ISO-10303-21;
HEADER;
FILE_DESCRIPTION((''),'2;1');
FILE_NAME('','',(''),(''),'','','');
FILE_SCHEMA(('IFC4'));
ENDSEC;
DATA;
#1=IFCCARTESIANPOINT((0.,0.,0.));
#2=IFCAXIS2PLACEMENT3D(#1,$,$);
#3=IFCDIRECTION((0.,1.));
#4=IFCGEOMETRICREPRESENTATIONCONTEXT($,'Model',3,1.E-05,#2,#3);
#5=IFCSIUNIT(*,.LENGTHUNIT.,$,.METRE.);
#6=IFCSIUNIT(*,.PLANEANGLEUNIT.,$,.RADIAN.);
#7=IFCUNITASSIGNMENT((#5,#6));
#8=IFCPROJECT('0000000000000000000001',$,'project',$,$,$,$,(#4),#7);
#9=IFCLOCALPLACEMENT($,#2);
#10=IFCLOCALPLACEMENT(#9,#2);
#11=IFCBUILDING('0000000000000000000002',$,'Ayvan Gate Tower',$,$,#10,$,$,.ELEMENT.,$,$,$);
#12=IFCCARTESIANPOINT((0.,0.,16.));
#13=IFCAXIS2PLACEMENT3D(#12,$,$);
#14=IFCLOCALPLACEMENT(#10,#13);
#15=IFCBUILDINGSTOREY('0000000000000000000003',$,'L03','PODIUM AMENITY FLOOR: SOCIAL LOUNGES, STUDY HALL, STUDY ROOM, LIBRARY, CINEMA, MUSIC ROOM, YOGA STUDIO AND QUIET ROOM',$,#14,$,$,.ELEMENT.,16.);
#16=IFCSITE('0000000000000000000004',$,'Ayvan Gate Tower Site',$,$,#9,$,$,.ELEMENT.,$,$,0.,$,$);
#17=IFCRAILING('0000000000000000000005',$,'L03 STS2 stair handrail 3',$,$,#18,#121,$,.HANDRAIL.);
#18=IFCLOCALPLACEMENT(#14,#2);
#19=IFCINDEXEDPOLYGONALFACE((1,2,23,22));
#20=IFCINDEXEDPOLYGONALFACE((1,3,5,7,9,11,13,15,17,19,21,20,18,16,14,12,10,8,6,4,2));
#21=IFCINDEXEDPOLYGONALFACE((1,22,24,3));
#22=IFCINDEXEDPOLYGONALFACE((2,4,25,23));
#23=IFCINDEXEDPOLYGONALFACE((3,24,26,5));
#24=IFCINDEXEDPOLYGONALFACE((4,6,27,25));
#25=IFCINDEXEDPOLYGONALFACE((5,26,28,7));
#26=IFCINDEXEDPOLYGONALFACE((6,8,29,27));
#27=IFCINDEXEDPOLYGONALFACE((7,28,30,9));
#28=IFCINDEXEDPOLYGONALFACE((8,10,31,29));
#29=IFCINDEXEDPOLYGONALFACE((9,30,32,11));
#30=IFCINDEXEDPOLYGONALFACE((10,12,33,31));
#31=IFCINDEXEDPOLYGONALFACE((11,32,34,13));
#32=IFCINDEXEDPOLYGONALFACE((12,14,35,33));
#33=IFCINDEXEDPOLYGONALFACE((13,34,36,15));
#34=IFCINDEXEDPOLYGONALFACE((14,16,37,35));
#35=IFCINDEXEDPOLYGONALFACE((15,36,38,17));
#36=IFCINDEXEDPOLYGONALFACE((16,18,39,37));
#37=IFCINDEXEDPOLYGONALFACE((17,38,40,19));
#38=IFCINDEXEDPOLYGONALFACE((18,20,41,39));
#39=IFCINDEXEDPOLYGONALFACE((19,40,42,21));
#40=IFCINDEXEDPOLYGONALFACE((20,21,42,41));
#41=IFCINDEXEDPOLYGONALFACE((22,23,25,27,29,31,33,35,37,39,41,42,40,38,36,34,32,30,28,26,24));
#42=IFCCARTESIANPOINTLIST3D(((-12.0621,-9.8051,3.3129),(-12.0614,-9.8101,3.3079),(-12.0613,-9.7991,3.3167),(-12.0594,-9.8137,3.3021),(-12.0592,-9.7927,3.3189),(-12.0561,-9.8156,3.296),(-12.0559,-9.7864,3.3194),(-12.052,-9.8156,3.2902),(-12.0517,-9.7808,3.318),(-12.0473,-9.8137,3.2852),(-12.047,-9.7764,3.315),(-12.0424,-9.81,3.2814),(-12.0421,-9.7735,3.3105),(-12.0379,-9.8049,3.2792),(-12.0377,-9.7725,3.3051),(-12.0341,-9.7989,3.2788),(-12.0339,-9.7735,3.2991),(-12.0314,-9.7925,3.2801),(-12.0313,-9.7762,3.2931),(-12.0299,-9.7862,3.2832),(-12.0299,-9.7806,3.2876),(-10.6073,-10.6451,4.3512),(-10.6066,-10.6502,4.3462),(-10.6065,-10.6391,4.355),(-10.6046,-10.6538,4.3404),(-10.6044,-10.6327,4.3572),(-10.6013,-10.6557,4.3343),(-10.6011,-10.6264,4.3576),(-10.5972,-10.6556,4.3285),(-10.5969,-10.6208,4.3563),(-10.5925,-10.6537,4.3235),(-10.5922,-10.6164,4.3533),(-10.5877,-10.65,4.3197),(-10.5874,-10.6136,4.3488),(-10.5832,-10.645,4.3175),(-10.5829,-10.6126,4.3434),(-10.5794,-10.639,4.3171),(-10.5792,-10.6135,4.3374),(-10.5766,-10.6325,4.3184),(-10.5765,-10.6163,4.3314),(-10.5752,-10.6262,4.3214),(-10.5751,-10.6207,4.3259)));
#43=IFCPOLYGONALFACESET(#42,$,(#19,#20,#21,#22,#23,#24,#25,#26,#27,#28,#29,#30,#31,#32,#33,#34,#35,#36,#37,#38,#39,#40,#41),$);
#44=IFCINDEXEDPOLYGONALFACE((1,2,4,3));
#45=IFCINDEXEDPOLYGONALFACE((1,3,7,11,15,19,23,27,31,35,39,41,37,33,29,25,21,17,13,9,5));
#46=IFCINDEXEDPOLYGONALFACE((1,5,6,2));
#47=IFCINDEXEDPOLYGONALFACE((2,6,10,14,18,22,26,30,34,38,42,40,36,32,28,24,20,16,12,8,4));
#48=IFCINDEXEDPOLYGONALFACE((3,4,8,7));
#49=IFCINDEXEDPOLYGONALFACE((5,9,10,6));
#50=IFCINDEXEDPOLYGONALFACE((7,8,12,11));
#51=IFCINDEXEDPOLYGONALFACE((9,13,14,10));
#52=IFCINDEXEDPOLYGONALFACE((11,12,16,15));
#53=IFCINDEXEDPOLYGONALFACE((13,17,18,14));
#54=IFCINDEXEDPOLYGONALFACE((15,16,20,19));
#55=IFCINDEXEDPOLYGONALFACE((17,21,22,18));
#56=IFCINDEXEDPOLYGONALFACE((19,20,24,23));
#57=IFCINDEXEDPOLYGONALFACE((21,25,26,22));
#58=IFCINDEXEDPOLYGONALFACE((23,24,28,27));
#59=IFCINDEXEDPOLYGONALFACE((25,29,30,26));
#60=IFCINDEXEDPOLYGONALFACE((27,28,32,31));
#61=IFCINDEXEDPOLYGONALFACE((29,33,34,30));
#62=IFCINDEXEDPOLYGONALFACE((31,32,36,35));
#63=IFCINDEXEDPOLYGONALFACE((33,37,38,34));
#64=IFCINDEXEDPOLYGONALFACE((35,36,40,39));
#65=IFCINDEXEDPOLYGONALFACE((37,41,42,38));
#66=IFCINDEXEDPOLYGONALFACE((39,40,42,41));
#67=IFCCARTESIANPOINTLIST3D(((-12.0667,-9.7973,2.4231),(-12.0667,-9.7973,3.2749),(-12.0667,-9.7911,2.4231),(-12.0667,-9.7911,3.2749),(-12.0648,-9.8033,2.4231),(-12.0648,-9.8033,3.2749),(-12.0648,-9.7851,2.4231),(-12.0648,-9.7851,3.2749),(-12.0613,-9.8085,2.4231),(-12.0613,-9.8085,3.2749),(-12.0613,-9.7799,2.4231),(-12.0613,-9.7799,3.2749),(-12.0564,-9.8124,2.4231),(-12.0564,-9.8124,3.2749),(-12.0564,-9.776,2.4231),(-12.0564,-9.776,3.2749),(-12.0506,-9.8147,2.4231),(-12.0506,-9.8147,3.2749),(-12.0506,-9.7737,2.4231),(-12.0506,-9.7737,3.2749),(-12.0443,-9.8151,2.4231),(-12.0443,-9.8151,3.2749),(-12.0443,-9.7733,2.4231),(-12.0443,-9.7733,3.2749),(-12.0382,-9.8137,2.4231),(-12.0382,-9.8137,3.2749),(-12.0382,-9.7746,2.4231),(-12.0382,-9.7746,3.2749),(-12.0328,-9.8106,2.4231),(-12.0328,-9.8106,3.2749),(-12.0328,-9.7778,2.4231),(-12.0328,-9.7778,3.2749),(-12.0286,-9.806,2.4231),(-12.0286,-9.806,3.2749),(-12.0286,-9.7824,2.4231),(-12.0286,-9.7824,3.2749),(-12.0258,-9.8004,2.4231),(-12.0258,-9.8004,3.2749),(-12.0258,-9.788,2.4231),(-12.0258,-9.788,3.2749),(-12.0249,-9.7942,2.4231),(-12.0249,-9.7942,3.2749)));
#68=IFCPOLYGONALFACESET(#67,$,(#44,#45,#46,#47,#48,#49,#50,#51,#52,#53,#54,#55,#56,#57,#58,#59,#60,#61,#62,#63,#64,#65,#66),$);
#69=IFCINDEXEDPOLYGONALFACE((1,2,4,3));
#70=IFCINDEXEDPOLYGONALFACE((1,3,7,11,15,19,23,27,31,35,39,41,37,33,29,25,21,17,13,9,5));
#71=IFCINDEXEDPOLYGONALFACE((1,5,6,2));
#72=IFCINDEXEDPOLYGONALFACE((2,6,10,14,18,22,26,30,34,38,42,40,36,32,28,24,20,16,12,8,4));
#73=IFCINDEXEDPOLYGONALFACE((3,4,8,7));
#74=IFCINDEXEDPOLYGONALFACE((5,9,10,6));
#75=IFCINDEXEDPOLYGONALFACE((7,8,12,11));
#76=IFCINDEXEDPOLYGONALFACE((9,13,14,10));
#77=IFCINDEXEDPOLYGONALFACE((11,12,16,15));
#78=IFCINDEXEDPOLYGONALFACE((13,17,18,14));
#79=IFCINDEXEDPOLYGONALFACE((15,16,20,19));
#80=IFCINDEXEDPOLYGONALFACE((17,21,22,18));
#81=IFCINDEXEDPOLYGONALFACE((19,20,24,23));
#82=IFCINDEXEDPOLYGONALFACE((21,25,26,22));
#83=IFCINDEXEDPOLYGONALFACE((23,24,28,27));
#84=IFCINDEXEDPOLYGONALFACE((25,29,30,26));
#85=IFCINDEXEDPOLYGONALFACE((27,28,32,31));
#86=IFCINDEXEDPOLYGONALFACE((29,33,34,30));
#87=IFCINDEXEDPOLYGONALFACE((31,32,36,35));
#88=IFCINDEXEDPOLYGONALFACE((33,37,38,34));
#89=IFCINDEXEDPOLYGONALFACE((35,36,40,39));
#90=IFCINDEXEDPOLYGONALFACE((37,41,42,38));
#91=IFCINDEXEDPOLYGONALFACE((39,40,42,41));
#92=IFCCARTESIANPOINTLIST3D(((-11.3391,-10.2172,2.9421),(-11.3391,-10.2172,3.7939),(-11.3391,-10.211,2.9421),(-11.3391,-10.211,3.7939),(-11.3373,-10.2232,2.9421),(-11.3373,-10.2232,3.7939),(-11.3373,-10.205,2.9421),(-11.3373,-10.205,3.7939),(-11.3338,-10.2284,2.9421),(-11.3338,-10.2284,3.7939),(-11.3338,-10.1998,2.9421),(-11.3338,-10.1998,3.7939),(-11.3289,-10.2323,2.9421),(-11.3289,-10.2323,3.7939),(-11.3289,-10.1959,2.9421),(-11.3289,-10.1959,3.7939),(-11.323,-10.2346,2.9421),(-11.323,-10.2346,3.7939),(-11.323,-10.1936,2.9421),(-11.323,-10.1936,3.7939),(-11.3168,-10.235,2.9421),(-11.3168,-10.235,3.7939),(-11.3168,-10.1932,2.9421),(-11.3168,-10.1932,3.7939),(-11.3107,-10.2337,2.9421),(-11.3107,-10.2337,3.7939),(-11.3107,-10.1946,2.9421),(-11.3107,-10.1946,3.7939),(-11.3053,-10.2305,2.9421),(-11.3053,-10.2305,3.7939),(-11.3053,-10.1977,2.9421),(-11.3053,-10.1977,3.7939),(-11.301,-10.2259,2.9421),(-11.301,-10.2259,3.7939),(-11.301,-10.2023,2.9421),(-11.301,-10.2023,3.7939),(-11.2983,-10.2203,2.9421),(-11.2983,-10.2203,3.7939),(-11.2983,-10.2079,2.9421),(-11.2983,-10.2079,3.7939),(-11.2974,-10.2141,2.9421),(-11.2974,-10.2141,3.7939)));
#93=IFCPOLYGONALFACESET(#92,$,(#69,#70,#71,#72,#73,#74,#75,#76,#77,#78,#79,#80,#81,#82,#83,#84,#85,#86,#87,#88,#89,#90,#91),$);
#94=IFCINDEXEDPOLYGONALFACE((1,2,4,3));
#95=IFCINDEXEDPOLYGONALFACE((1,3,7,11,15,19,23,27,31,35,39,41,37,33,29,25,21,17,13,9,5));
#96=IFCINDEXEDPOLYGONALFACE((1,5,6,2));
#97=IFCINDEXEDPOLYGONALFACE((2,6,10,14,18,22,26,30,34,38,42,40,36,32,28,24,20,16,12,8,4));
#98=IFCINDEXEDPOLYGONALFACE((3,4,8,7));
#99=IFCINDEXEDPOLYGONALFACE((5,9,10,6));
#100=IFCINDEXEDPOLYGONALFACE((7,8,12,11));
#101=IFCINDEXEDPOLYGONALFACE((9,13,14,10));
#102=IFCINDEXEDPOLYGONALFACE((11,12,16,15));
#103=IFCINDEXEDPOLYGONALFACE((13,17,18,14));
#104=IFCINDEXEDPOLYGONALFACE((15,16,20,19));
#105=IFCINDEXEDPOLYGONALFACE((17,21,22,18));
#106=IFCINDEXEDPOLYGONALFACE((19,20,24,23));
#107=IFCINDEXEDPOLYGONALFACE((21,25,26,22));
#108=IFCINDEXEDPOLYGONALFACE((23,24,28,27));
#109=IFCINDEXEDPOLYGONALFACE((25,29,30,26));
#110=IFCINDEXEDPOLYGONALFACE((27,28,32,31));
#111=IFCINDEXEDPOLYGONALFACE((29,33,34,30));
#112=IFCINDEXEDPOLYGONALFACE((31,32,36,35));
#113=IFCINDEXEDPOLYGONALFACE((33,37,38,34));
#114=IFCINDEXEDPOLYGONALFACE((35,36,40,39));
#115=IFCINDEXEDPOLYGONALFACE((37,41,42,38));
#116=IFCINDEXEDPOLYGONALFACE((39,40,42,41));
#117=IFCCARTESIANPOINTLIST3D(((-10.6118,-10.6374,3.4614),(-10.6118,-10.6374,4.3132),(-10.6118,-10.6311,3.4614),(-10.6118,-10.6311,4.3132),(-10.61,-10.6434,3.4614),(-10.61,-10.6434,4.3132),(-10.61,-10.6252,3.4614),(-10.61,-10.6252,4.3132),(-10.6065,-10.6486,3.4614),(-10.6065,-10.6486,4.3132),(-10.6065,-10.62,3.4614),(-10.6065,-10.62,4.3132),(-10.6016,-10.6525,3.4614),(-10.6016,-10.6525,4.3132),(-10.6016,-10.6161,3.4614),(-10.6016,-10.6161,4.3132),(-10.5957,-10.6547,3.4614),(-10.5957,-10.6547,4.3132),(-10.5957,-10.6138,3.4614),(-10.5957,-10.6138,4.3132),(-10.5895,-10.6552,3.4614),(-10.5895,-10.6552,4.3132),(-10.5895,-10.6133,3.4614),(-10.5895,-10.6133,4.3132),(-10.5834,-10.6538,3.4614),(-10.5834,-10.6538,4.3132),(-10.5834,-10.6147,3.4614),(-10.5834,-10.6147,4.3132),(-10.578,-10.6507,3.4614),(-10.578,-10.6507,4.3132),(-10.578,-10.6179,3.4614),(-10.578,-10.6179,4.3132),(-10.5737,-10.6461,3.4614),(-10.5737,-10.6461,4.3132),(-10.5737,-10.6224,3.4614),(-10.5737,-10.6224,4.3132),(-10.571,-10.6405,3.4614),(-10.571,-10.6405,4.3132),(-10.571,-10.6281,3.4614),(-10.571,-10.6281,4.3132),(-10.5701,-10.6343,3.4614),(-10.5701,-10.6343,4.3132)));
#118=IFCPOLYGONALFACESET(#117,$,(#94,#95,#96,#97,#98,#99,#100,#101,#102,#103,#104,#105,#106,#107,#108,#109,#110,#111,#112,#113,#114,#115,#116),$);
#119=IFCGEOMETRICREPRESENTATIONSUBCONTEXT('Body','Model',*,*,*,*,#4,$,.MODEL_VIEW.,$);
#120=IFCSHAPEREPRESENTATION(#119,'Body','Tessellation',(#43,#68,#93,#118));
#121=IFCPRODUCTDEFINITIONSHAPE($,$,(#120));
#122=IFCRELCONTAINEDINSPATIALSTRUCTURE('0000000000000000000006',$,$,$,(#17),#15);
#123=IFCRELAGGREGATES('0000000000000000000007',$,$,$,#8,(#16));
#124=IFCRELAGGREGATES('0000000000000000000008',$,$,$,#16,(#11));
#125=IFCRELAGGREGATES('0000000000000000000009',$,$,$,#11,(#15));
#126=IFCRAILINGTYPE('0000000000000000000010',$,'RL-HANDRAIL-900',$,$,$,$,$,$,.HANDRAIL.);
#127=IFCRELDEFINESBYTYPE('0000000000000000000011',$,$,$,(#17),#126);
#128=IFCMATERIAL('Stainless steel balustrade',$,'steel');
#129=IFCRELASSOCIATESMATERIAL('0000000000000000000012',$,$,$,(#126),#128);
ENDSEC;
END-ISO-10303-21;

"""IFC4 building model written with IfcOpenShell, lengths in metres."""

from ifc_helpers import new_model, si_unit, direction, frame, origin, origin_2d, place, context, subcontext, project, spatial, circle, extrude, material, type_object, element, save


model = new_model("IFC4")

# Units and contexts
model_context = context("Model", 3, precision=1e-05, world=origin(), true_north=direction((0.0, 1.0)))
body_context = subcontext(model_context, "Body", "Model", "MODEL_VIEW")
ifc_project = project(units=[si_unit("LENGTHUNIT", "METRE"), si_unit("PLANEANGLEUNIT", "RADIAN")], contexts=[model_context])

# Site, building, storey
site_placement = place(None, origin())
site = spatial("IfcSite", under=ifc_project, at=site_placement, Name="Ayvan Gate Tower Site", CompositionType="ELEMENT", RefElevation=0.0)
building_placement = place(site_placement, origin())
building = spatial("IfcBuilding", under=site, at=building_placement, Name="Ayvan Gate Tower", CompositionType="ELEMENT")
storey_placement = place(building_placement, frame((0.0, 0.0, 16.0)))
storey = spatial("IfcBuildingStorey", under=building, at=storey_placement, Name="L03", Description="PODIUM AMENITY FLOOR: SOCIAL LOUNGES, STUDY HALL, STUDY ROOM, LIBRARY, CINEMA, MUSIC ROOM, YOGA STUDIO AND QUIET ROOM", CompositionType="ELEMENT", Elevation=16.0)

# Railing
ifc_material_1 = material(Name="Stainless steel balustrade", Category="steel")
railing_type_1 = type_object("IfcRailingType", Name="RL-HANDRAIL-900", PredefinedType="HANDRAIL", material=ifc_material_1)
railing_1_placement = place(storey_placement, frame((-12.0459, -9.7942, 2.4231)))
element("IfcRailing", 1, at=railing_1_placement, inside=storey, type_object=railing_type_1, Name="L03 STS2 stair handrail 3", PredefinedType="HANDRAIL", context=body_context, shape_type="SweptSolid", body=[
    extrude(circle(Radius=0.0239, at=origin_2d()), frame((0.0, 0.0, 0.876), z_axis=(0.736644, -0.425372, 0.525751), x_axis=(0.500062, 0.86599, 0.0)), (0.0, 0.0, 1.0), 1.9749),
    extrude(circle(Radius=0.021, at=origin_2d()), origin(), (0.0, 0.0, 1.0), 0.8518),
    extrude(circle(Radius=0.021, at=origin_2d()), frame((0.7275, -0.4199, 0.519)), (0.0, 0.0, 1.0), 0.8518),
    extrude(circle(Radius=0.021, at=origin_2d()), frame((1.4548, -0.8401, 1.0383)), (0.0, 0.0, 1.0), 0.8518),
])

save(model, "model.ifc")
